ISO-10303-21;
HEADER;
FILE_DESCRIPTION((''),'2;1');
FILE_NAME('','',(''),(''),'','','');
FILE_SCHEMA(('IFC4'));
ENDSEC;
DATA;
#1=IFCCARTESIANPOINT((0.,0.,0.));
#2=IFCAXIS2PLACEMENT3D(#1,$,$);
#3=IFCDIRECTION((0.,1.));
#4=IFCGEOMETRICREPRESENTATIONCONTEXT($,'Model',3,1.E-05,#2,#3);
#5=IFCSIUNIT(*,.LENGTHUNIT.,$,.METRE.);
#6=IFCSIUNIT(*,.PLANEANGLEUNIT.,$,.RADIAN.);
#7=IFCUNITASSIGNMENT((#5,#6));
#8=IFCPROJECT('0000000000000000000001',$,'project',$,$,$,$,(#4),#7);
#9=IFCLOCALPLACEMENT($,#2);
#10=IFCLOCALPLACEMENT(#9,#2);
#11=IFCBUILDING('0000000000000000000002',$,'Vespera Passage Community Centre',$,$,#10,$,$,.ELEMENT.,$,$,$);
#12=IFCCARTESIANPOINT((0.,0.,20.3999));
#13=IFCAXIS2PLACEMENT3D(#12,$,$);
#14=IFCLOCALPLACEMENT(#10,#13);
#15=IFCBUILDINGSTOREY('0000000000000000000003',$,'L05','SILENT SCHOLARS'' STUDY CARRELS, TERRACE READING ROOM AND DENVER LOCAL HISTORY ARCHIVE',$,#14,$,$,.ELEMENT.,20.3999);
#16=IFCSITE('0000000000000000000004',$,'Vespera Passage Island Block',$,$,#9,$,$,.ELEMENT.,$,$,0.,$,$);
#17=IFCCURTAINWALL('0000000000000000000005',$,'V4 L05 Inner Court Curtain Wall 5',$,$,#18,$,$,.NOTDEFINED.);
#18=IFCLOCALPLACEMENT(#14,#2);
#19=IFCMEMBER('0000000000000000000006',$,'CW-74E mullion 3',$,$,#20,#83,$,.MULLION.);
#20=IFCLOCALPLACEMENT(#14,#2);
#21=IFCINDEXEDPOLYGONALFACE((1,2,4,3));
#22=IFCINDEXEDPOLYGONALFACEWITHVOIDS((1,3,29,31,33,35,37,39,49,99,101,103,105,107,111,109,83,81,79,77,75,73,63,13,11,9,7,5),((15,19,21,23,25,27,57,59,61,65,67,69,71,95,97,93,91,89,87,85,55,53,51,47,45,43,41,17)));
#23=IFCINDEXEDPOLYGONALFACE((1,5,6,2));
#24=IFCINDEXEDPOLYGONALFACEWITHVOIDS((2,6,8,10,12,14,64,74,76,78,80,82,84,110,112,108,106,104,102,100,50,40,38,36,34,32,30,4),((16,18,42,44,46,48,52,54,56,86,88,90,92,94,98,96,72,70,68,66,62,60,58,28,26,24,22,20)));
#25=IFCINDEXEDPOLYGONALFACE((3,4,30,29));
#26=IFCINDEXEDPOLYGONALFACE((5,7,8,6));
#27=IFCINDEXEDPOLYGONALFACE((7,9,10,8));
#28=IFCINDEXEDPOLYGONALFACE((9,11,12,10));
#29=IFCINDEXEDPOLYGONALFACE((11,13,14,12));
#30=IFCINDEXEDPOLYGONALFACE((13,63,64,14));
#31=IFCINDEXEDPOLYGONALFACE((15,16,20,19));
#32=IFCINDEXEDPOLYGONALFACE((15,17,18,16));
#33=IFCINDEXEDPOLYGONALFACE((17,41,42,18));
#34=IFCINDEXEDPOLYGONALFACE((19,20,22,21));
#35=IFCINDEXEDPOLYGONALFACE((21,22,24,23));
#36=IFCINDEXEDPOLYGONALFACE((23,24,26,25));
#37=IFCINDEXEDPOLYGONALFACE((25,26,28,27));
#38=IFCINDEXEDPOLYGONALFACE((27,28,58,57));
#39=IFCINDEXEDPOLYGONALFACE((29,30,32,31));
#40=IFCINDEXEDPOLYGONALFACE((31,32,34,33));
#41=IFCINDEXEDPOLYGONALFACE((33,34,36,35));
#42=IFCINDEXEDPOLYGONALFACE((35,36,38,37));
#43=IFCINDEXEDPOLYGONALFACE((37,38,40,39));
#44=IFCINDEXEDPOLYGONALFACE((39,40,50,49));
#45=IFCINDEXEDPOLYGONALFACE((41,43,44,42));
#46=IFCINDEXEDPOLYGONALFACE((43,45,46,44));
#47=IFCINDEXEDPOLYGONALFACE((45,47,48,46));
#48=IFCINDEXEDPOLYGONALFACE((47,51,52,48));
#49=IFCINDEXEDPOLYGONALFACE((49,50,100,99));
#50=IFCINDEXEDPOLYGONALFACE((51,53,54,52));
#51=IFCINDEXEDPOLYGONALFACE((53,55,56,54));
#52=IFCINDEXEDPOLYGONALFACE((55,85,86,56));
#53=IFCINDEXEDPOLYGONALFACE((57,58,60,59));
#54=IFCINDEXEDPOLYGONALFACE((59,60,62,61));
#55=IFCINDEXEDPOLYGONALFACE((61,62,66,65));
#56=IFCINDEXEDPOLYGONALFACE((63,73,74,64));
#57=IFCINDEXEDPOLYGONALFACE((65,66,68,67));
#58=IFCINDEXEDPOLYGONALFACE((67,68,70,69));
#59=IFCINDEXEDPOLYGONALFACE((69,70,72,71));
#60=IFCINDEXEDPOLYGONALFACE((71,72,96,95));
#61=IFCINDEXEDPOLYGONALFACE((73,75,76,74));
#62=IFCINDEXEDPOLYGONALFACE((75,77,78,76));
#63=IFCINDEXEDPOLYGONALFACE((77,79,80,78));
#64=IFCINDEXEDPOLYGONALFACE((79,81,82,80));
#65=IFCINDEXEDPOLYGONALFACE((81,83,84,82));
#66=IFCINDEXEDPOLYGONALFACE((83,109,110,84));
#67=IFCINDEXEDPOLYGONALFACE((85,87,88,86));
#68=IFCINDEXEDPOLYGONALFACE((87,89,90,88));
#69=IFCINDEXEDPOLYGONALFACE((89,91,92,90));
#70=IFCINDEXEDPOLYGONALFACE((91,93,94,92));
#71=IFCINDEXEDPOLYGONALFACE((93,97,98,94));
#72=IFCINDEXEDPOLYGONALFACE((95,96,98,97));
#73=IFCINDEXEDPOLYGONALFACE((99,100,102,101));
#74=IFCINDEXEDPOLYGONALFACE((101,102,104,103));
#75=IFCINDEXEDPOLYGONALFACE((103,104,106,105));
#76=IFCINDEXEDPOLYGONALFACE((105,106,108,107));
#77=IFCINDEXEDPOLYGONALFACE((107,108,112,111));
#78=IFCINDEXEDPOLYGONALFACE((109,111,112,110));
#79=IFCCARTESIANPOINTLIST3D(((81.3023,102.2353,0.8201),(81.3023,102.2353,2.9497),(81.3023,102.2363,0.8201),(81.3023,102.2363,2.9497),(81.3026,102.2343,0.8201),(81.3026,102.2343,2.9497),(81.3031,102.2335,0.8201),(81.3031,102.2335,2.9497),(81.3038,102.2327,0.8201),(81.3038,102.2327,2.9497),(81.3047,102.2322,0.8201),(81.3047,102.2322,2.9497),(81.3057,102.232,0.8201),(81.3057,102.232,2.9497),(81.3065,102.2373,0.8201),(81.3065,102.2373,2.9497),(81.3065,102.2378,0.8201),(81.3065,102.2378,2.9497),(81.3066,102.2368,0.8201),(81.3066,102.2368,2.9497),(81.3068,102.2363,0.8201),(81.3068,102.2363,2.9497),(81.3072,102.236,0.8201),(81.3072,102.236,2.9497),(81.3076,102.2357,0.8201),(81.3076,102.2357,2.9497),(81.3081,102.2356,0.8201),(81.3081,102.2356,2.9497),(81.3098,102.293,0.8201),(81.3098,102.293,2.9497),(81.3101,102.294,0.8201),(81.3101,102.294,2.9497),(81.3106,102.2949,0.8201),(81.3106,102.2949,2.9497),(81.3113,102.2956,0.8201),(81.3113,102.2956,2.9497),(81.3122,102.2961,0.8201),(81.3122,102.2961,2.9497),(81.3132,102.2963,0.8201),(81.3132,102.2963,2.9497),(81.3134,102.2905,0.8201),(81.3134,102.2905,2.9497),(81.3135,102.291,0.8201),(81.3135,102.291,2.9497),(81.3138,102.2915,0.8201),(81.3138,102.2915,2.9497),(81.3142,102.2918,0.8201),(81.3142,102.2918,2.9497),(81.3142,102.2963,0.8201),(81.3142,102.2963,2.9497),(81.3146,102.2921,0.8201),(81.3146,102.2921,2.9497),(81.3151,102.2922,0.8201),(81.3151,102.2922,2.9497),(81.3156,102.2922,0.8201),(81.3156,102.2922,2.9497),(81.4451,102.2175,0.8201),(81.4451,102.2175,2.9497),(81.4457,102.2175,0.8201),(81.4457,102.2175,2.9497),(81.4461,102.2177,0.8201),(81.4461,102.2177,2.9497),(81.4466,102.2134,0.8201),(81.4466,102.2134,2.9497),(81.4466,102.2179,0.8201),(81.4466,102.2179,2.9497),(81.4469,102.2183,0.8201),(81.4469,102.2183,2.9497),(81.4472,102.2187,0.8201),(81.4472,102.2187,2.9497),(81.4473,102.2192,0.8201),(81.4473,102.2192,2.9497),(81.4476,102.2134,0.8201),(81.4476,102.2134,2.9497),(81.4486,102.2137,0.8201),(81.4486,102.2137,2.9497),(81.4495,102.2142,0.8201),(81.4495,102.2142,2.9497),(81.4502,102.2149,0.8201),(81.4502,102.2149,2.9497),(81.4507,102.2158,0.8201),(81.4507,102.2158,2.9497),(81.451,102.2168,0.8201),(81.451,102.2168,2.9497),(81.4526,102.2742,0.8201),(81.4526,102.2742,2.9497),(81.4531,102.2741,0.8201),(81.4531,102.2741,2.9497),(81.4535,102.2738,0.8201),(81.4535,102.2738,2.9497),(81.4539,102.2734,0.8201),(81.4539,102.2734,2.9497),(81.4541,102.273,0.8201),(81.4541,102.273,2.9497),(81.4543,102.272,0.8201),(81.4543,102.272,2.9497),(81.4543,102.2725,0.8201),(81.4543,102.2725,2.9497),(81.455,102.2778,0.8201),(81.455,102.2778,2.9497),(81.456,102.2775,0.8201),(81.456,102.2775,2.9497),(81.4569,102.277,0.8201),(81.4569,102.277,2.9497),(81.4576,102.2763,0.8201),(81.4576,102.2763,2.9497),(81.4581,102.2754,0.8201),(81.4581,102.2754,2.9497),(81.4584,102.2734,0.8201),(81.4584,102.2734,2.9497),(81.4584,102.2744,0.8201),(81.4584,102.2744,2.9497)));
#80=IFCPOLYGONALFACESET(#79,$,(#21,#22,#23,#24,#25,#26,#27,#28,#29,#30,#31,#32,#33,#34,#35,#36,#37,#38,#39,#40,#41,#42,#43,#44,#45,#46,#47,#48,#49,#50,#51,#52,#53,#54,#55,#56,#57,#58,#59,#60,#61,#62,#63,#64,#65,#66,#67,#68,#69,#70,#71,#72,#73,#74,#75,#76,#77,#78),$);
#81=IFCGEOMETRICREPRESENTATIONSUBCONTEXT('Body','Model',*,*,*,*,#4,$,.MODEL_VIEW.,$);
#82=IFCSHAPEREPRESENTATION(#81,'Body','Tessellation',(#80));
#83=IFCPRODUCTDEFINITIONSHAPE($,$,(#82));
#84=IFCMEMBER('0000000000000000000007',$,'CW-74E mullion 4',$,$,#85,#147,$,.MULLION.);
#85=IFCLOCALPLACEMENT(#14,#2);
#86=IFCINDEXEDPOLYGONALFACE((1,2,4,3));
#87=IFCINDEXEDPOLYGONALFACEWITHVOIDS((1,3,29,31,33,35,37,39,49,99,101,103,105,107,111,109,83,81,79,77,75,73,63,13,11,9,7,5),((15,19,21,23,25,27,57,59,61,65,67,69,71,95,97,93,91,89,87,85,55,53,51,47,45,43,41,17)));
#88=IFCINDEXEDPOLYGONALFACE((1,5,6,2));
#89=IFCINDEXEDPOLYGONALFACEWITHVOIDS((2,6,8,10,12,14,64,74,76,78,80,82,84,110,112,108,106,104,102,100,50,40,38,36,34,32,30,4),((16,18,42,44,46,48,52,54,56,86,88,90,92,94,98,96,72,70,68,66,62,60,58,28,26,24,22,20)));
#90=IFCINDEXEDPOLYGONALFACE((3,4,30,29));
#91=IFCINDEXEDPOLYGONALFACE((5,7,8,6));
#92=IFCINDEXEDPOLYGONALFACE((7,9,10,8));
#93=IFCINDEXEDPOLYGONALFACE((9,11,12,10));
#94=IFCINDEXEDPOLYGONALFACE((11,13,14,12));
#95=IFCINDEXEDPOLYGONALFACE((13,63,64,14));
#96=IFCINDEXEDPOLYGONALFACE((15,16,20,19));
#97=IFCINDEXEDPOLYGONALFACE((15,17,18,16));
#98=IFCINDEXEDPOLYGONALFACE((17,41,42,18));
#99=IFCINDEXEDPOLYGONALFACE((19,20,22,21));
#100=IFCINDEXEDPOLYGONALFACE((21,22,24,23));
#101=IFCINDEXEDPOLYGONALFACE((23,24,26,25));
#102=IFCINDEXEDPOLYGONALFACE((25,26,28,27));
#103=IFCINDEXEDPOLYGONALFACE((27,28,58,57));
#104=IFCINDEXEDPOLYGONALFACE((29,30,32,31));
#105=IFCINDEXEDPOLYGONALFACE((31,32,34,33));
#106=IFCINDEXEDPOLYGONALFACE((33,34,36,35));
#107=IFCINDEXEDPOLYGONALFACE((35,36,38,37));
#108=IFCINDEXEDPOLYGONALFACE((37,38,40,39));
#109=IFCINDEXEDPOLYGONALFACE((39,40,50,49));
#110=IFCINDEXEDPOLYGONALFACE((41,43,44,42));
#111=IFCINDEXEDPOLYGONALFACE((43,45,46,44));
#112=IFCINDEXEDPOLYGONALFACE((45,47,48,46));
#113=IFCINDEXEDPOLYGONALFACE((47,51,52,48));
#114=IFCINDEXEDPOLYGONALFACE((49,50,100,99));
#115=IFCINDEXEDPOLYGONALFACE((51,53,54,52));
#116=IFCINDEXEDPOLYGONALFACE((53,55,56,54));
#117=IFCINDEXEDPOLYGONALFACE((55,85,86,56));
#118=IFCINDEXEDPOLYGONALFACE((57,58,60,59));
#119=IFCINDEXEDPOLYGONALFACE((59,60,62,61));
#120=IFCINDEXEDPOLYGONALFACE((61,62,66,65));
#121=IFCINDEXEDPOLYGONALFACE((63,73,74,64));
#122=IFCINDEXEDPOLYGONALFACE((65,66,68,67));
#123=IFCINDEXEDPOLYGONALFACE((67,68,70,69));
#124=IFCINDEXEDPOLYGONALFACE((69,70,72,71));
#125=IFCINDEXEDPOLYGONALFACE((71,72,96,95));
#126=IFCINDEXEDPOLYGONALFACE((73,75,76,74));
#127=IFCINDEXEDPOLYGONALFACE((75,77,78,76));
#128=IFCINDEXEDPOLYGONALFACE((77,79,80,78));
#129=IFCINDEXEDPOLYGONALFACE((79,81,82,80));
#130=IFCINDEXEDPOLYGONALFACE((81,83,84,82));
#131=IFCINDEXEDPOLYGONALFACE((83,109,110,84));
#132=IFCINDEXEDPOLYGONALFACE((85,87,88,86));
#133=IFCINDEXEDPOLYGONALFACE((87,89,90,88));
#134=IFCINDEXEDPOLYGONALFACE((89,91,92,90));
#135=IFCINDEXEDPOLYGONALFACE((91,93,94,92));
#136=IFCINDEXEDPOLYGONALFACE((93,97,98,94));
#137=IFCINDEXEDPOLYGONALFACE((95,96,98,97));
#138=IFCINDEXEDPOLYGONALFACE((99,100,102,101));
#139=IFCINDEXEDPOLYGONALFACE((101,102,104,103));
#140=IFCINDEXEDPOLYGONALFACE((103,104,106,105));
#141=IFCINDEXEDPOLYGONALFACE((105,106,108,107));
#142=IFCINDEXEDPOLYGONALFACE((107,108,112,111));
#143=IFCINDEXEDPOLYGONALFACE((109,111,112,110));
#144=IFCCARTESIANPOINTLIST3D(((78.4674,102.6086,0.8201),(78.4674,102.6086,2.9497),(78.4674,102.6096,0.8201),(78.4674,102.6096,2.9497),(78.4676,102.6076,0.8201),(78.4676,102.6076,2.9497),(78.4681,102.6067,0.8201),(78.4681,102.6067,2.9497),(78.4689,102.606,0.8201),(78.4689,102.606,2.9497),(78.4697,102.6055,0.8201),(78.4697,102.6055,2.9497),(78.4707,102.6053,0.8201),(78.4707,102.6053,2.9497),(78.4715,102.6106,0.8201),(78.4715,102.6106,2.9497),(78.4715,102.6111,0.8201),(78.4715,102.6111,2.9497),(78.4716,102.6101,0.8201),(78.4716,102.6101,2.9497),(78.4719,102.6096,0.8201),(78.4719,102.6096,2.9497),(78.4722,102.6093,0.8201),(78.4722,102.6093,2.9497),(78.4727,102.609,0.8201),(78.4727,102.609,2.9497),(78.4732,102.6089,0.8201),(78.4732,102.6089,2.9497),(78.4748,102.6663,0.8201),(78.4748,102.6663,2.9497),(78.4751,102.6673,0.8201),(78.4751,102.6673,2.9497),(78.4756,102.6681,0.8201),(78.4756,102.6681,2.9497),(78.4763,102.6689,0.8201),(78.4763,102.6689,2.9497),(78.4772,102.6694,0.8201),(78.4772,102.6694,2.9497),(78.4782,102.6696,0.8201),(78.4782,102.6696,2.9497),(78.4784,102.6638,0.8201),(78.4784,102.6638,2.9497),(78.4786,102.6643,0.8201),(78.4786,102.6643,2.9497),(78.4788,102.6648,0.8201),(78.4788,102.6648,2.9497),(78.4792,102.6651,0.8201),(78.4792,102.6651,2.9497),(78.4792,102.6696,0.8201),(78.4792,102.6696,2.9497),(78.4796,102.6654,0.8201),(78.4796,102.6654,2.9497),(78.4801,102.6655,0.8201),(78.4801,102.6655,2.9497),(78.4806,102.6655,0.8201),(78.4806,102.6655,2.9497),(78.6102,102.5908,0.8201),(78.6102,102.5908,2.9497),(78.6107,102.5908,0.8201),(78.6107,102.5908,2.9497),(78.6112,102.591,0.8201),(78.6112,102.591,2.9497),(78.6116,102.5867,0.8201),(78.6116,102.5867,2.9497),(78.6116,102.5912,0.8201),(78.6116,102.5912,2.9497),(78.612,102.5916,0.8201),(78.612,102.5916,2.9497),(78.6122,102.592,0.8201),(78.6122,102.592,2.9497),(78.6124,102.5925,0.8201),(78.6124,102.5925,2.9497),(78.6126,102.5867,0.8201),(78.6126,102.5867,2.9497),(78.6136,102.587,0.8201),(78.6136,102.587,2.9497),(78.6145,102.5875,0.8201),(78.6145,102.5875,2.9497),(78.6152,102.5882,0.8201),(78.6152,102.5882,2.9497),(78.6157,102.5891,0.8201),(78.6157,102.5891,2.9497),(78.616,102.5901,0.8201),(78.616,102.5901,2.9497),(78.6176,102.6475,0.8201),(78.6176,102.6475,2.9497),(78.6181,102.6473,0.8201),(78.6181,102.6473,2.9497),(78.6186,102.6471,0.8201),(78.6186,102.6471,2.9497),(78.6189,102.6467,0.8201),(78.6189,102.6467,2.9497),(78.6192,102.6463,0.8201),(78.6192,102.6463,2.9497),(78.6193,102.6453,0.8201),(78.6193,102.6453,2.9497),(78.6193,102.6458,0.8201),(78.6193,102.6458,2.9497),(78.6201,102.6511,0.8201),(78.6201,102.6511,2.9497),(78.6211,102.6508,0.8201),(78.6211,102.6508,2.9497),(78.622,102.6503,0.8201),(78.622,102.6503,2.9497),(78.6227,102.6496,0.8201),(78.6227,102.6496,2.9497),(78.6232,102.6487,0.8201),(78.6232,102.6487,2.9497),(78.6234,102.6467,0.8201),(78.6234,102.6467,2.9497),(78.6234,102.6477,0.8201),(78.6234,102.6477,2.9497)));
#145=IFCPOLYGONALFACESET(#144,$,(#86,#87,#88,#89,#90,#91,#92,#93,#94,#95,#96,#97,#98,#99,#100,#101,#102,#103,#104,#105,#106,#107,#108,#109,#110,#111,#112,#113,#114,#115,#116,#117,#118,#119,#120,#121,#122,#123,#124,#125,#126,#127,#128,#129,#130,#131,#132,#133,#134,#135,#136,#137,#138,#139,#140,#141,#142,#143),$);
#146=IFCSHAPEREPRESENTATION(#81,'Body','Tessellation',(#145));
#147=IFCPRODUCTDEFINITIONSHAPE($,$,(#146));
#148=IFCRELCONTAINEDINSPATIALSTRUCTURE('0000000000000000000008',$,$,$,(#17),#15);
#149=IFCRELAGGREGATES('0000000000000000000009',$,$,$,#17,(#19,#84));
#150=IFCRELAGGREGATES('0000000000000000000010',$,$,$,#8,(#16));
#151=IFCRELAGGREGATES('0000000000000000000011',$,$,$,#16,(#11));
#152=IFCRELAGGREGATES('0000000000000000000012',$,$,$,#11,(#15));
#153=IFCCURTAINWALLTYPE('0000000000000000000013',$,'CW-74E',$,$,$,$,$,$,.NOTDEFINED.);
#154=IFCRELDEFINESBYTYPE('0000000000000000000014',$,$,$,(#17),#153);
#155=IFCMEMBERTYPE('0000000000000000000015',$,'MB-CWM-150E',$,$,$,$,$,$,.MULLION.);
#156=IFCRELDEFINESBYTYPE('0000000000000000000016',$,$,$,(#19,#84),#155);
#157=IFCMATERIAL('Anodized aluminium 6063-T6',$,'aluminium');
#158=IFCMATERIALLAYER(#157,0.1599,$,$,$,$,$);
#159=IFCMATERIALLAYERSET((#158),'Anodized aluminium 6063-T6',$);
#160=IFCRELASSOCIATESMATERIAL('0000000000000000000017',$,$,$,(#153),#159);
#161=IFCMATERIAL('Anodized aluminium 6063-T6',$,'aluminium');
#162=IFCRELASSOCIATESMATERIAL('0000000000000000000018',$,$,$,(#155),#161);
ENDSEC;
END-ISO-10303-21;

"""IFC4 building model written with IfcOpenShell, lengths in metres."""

from ifc_helpers import new_model, si_unit, direction, frame, origin, origin_2d, place, context, subcontext, project, spatial, hollow_rectangle, extrude, material, layer, layer_set, material_profile, profile_set, type_object, element, aggregate, save


model = new_model("IFC4")

# Units and contexts
model_context = context("Model", 3, precision=1e-05, world=origin(), true_north=direction((0.0, 1.0)))
body_context = subcontext(model_context, "Body", "Model", "MODEL_VIEW")
ifc_project = project(units=[si_unit("LENGTHUNIT", "METRE"), si_unit("PLANEANGLEUNIT", "RADIAN")], contexts=[model_context])

# Site, building, storey
site_placement = place(None, origin())
site = spatial("IfcSite", under=ifc_project, at=site_placement, Name="Vespera Passage Island Block", CompositionType="ELEMENT", RefElevation=0.0)
building_placement = place(site_placement, origin())
building = spatial("IfcBuilding", under=site, at=building_placement, Name="Vespera Passage Community Centre", CompositionType="ELEMENT")
storey_placement = place(building_placement, frame((0.0, 0.0, 20.3999)))
storey = spatial("IfcBuildingStorey", under=building, at=storey_placement, Name="L05", Description="SILENT SCHOLARS' STUDY CARRELS, TERRACE READING ROOM AND DENVER LOCAL HISTORY ARCHIVE", CompositionType="ELEMENT", Elevation=20.3999)

# Curtain wall, members
ifc_material_1 = material(Name="Anodized aluminium 6063-T6", Category="aluminium")
ifc_layer_1 = layer(ifc_material_1, 0.1599)
ifc_layer_set_1 = layer_set([ifc_layer_1], Name="Anodized aluminium 6063-T6")
curtain_wall_type_1 = type_object("IfcCurtainWallType", Name="CW-74E", PredefinedType="NOTDEFINED", material=ifc_layer_set_1)
curtain_wall_1_placement = place(storey_placement, origin())
curtain_wall_1 = element("IfcCurtainWall", 1, at=curtain_wall_1_placement, inside=storey, type_object=curtain_wall_type_1, Name="V4 L05 Inner Court Curtain Wall 5", PredefinedType="NOTDEFINED")
ifc_material_2 = material(Name="Anodized aluminium 6063-T6", Category="aluminium")
ifc_material_profile_1 = material_profile(ifc_material_2, hollow_rectangle(XDim=0.0649, YDim=0.1499, WallThickness=0.0039, InnerFilletRadius=0.002, OuterFilletRadius=0.0039, at=origin_2d()), Name="ALU150X65X4")
ifc_profile_set_1 = profile_set([ifc_material_profile_1], Name="Anodized aluminium 6063-T6")
member_type_1 = type_object("IfcMemberType", Name="MB-CWM-150E", PredefinedType="MULLION", material=ifc_profile_set_1)
member_1_placement = place(storey_placement, frame((81.3804, 102.2549, 0.8201), z_axis=(0.0, 0.0, 1.0), x_axis=(-0.130522, -0.991445, 0.0)))
member_1 = element("IfcMember", 2, at=member_1_placement, type_object=member_type_1, Name="CW-74E mullion 3", PredefinedType="MULLION", context=body_context, shape_type="SweptSolid", body=[
    extrude(hollow_rectangle(XDim=0.0649, YDim=0.1499, WallThickness=0.0039, InnerFilletRadius=0.002, OuterFilletRadius=0.0039, at=origin_2d()), origin(), (0.0, 0.0, 1.0), 2.1296),
])
member_2_placement = place(storey_placement, frame((78.5454, 102.6282, 0.8201), z_axis=(0.0, 0.0, 1.0), x_axis=(-0.130522, -0.991445, 0.0)))
member_2 = element("IfcMember", 3, at=member_2_placement, type_object=member_type_1, Name="CW-74E mullion 4", PredefinedType="MULLION", context=body_context, shape_type="SweptSolid", body=[
    extrude(hollow_rectangle(XDim=0.0649, YDim=0.1499, WallThickness=0.0039, InnerFilletRadius=0.002, OuterFilletRadius=0.0039, at=origin_2d()), origin(), (0.0, 0.0, 1.0), 2.1296),
])

aggregate(curtain_wall_1, [member_1, member_2])

save(model, "model.ifc")
